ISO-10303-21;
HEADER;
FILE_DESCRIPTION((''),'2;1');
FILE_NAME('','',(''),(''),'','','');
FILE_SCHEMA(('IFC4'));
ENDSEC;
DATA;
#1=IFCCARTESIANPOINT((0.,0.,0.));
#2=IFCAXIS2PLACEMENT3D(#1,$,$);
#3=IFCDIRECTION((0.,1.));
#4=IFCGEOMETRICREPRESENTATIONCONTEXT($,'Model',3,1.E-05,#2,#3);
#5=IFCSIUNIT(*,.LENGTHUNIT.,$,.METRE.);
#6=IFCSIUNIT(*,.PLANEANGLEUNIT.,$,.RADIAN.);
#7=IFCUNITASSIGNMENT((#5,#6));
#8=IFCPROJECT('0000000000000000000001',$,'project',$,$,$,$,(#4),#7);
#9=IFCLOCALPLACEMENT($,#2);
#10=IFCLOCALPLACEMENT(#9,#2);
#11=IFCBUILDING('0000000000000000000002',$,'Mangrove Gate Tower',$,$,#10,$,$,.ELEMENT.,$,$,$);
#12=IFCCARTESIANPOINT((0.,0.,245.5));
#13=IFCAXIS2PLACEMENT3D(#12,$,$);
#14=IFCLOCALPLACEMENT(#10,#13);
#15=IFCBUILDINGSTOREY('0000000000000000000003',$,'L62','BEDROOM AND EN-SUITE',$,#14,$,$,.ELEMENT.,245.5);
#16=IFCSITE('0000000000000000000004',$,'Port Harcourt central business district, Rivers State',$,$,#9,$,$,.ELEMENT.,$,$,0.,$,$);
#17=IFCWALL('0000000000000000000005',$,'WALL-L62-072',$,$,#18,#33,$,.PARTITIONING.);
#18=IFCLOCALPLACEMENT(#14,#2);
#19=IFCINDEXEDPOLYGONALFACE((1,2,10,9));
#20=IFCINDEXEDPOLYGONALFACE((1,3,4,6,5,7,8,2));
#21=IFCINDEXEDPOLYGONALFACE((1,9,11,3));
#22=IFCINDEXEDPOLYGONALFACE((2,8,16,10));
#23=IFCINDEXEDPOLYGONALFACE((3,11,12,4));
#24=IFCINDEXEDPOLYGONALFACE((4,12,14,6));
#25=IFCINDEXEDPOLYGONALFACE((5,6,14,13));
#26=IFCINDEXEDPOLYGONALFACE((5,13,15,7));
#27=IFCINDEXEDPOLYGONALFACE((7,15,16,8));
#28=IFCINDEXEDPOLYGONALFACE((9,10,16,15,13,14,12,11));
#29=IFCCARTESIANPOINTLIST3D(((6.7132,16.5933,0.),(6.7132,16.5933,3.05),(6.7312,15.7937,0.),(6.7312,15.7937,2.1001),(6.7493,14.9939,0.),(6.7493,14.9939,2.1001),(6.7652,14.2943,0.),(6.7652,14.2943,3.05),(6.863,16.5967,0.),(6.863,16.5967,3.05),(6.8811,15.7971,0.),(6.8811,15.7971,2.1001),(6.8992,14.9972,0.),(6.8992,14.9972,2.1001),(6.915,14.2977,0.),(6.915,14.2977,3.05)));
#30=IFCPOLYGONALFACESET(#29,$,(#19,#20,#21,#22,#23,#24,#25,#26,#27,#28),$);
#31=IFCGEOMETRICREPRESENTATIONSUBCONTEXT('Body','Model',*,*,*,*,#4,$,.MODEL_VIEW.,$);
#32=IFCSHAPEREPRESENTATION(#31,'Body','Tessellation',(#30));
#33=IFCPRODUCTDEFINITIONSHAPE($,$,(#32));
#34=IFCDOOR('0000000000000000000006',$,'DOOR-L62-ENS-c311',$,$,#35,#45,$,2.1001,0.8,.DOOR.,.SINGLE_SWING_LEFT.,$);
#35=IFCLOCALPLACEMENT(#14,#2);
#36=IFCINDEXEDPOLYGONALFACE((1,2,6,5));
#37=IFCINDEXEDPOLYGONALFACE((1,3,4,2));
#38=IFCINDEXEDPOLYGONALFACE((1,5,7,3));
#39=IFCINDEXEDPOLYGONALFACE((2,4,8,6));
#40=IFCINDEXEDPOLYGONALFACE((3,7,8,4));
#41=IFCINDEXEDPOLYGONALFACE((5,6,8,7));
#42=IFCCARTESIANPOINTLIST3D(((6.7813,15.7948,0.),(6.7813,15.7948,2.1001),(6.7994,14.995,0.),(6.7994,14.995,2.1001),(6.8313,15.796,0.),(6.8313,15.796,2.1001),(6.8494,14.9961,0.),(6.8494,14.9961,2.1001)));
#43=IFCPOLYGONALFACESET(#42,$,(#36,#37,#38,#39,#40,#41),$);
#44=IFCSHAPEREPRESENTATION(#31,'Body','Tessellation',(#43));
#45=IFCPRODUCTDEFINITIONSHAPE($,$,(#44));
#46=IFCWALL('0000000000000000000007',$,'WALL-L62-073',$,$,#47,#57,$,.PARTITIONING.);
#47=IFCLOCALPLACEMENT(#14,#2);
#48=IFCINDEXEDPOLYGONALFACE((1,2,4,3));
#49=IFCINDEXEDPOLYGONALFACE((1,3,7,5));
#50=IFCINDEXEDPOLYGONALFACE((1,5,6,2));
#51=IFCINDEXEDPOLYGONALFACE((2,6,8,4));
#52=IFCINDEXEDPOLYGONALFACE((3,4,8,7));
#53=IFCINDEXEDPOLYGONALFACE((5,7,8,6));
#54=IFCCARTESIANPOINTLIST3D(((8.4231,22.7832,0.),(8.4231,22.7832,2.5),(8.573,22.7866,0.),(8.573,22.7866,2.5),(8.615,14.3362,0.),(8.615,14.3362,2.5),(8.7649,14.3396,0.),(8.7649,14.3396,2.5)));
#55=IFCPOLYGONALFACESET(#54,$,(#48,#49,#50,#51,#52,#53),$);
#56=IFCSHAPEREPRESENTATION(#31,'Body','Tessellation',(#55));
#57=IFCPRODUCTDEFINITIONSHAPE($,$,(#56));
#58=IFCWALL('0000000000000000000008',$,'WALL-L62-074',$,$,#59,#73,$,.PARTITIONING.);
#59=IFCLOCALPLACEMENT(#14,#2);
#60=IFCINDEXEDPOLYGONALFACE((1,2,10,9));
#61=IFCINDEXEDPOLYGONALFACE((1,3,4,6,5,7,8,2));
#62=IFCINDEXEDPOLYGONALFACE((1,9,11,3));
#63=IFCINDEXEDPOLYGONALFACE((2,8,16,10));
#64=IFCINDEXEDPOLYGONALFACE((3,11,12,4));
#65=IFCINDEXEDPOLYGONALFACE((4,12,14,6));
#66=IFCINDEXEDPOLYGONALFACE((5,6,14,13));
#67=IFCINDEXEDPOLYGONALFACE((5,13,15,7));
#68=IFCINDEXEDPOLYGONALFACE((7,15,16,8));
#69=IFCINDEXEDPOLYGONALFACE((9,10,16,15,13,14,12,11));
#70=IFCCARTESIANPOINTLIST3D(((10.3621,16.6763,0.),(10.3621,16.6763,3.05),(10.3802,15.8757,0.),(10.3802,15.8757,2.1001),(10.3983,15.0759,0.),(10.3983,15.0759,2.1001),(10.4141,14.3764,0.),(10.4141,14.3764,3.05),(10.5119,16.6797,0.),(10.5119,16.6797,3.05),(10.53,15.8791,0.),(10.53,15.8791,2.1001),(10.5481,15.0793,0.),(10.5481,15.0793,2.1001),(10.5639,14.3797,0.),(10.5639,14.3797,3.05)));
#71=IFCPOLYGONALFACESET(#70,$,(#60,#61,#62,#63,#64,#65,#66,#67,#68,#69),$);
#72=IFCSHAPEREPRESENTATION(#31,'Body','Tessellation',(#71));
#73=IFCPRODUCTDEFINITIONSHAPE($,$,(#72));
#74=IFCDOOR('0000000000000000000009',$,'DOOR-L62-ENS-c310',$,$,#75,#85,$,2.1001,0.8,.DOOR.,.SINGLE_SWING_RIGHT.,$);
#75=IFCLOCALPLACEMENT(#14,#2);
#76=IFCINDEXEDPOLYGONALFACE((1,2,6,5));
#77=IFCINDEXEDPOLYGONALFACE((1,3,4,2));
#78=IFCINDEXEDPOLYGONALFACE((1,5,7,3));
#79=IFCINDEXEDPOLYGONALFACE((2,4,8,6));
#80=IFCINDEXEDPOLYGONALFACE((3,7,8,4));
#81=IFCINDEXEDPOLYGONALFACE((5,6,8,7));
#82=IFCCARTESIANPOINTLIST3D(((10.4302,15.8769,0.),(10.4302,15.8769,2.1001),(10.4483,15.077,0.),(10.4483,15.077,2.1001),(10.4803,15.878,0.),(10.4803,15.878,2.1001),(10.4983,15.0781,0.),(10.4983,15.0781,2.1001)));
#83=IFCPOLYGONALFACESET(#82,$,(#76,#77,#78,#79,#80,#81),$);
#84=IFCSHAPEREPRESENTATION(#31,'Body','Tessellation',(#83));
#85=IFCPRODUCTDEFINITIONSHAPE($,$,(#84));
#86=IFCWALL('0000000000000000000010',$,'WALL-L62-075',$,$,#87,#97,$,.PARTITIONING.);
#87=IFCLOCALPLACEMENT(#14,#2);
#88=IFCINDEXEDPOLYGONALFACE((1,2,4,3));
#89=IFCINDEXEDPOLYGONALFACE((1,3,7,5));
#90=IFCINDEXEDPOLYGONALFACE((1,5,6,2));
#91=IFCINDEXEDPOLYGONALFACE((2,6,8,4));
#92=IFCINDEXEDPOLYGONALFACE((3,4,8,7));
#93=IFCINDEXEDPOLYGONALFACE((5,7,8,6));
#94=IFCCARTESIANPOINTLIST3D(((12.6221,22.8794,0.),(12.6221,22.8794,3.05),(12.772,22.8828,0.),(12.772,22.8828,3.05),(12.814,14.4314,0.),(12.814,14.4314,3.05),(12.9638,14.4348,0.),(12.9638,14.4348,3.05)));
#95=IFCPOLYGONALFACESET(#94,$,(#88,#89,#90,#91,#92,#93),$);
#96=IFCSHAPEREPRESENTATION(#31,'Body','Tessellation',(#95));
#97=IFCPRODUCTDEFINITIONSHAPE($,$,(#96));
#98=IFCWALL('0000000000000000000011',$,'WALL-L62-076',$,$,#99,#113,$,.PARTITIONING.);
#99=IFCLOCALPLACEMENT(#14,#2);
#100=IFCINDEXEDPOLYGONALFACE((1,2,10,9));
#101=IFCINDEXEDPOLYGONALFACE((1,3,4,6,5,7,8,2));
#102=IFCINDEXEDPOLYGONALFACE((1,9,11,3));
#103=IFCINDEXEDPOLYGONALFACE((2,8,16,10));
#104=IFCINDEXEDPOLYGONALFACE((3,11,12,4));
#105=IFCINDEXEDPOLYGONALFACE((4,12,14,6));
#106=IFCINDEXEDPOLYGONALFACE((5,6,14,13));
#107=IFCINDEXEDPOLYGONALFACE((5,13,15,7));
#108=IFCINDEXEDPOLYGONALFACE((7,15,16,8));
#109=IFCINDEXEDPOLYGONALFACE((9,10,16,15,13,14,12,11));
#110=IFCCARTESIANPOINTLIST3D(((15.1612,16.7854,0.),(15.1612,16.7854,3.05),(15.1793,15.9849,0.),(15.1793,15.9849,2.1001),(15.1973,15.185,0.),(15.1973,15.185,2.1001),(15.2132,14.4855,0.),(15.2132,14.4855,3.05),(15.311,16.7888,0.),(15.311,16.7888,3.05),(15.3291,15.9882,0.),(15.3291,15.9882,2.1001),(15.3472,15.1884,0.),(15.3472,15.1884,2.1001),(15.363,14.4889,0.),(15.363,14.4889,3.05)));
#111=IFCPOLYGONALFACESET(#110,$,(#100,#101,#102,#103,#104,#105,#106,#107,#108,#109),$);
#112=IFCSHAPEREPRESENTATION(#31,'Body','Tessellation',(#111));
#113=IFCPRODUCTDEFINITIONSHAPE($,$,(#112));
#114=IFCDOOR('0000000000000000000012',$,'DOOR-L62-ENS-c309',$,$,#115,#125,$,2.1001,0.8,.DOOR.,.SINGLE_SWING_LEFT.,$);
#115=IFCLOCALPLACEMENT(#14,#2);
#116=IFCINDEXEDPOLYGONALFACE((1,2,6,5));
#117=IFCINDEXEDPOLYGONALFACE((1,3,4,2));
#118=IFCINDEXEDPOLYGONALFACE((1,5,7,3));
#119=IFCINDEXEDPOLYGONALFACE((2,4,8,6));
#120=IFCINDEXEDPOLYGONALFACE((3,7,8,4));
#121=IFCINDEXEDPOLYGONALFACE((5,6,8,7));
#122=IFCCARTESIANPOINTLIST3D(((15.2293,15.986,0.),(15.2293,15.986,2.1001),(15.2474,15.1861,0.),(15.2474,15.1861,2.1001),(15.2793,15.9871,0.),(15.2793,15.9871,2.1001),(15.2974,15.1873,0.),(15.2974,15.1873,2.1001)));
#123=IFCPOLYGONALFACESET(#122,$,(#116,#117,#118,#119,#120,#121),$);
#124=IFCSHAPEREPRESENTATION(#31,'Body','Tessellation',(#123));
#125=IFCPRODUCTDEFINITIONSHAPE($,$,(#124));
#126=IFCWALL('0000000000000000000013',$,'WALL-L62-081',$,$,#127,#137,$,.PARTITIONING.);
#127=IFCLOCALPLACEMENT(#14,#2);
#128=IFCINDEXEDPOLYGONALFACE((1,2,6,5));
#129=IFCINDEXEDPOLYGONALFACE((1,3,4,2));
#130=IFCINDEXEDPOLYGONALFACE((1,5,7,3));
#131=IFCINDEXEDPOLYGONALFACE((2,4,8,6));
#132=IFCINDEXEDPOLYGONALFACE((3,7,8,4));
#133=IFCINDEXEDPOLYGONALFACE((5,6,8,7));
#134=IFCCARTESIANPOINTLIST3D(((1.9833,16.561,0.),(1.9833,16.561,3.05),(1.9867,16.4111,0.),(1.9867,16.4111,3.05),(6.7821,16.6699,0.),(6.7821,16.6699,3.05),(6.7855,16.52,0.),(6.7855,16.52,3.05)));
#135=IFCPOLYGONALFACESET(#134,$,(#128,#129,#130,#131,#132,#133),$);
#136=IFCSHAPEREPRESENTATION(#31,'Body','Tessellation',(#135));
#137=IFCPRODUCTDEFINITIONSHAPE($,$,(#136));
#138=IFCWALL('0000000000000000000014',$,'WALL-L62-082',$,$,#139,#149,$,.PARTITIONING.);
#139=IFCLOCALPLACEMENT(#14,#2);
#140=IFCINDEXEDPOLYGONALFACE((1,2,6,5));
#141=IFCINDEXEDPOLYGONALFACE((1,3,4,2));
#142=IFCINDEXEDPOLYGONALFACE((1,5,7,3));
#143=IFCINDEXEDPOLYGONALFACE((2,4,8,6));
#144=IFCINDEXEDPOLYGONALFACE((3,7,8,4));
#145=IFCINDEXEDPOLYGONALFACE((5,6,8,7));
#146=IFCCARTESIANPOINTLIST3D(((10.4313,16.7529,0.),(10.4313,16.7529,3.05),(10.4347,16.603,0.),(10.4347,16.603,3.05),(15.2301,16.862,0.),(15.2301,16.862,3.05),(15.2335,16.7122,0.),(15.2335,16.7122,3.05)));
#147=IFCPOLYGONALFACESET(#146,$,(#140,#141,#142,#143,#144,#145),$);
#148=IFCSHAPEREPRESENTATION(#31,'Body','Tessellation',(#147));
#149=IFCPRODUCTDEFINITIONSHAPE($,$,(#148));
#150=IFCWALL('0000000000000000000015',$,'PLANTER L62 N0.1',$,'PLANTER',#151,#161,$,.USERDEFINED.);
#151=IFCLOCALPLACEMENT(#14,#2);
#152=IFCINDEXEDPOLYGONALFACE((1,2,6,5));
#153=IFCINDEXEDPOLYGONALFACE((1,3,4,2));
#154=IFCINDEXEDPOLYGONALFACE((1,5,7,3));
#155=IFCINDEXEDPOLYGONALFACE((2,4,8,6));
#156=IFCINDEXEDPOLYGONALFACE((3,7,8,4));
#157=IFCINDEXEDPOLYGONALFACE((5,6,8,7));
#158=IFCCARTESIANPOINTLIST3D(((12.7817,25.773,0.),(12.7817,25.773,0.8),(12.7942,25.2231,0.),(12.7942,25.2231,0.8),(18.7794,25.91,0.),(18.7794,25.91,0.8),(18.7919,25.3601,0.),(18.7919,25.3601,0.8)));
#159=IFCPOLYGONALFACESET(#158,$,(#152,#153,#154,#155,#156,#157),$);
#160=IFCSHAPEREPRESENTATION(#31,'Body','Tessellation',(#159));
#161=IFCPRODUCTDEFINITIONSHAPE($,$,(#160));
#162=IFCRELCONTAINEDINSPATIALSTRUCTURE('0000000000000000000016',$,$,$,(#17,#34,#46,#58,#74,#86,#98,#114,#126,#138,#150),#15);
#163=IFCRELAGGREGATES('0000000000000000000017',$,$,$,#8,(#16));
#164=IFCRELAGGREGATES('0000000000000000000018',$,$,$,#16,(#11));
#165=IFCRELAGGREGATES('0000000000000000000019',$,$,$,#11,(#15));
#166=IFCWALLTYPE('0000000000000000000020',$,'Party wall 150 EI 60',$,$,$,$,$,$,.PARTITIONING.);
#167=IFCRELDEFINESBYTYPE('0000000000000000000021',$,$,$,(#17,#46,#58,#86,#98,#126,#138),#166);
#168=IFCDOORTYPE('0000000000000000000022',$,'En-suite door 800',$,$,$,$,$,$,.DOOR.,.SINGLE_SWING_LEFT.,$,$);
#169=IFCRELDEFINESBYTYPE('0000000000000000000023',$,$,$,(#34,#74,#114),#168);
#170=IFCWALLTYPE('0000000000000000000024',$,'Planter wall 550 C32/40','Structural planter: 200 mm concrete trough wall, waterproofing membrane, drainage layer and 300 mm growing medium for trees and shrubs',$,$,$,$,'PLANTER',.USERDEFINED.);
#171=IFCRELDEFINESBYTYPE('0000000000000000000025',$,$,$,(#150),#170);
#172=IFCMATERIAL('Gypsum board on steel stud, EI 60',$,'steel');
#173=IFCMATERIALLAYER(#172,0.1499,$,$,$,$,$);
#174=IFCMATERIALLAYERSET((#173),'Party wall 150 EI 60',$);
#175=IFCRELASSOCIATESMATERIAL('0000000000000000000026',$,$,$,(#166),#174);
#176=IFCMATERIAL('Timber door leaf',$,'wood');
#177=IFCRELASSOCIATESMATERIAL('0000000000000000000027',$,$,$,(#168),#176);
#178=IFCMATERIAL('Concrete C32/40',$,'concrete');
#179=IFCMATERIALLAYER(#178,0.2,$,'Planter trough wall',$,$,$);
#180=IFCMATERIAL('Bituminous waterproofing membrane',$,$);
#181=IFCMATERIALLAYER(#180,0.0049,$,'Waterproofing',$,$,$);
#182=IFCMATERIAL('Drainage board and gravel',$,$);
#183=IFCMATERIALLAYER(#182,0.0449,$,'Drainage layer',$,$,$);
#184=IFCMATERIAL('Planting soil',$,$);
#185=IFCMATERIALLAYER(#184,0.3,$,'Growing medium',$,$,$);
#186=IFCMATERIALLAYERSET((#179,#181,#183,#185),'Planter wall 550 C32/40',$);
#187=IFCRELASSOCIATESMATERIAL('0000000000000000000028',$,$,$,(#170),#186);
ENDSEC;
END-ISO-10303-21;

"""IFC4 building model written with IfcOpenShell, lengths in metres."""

from ifc_helpers import new_model, si_unit, direction, frame, frame_2d, origin, place, context, subcontext, project, spatial, rectangle, extrude, material, layer, layer_set, type_object, element, fill, save


model = new_model("IFC4")

# Units and contexts
model_context = context("Model", 3, precision=1e-05, world=origin(), true_north=direction((0.0, 1.0)))
body_context = subcontext(model_context, "Body", "Model", "MODEL_VIEW")
ifc_project = project(units=[si_unit("LENGTHUNIT", "METRE"), si_unit("PLANEANGLEUNIT", "RADIAN")], contexts=[model_context])

# Site, building, storey
site_placement = place(None, origin())
site = spatial("IfcSite", under=ifc_project, at=site_placement, Name="Port Harcourt central business district, Rivers State", CompositionType="ELEMENT", RefElevation=0.0)
building_placement = place(site_placement, origin())
building = spatial("IfcBuilding", under=site, at=building_placement, Name="Mangrove Gate Tower", CompositionType="ELEMENT")
storey_placement = place(building_placement, frame((0.0, 0.0, 245.5)))
storey = spatial("IfcBuildingStorey", under=building, at=storey_placement, Name="L62", Description="BEDROOM AND EN-SUITE", CompositionType="ELEMENT", Elevation=245.5)

# Shared definitions
ifc_material_1 = material(Name="Gypsum board on steel stud, EI 60", Category="steel")
ifc_layer_1 = layer(ifc_material_1, 0.1499)
ifc_layer_set_1 = layer_set([ifc_layer_1], Name="Party wall 150 EI 60")
wall_type_1 = type_object("IfcWallType", Name="Party wall 150 EI 60", PredefinedType="PARTITIONING", material=ifc_layer_set_1)

# Shared definitions
ifc_material_2 = material(Name="Timber door leaf", Category="wood")
door_type_1 = type_object("IfcDoorType", Name="En-suite door 800", OperationType="SINGLE_SWING_LEFT", PredefinedType="DOOR", material=ifc_material_2)

# Wall, opening, door
wall_1_placement = place(storey_placement, frame((6.8401, 14.2959, 0.0), z_axis=(0.0, 0.0, 1.0), x_axis=(-0.022613, 0.999744, 0.0)))
wall_1 = element("IfcWall", 1, at=wall_1_placement, inside=storey, type_object=wall_type_1, Name="WALL-L62-072", PredefinedType="PARTITIONING", context=body_context, shape_type="SweptSolid", body=[
    extrude(rectangle(XDim=2.2996, YDim=0.1499, at=frame_2d((1.1499, 0.0))), origin(), (0.0, 0.0, 1.0), 3.05),
])
opening_1_placement = place(wall_1_placement, frame((0.7, 0.0, 0.0)))
opening_1 = element("IfcOpeningElement", 2, at=opening_1_placement, cuts=wall_1, PredefinedType="OPENING", context=body_context, shape_type="SweptSolid", body=[
    extrude(rectangle(XDim=0.8, YDim=2.1001, at=frame_2d((0.3999, 1.05))), frame((0.0, 0.085, 0.0), z_axis=(0.0, -1.0, 0.0), x_axis=(1.0, 0.0, 0.0)), (0.0, 0.0, 1.0), 0.1699),
])
door_1_placement = place(opening_1_placement, origin())
door_1 = element("IfcDoor", 3, at=door_1_placement, inside=storey, type_object=door_type_1, Name="DOOR-L62-ENS-c311", OperationType="SINGLE_SWING_LEFT", OverallHeight=2.1001, OverallWidth=0.8, PredefinedType="DOOR", context=body_context, shape_type="SweptSolid", body=[
    extrude(rectangle(XDim=0.8, YDim=2.1001, at=frame_2d((0.3999, 1.05))), frame((0.0, 0.0249, 0.0), z_axis=(0.0, -1.0, 0.0), x_axis=(1.0, 0.0, 0.0)), (0.0, 0.0, 1.0), 0.05),
])
fill(opening_1, door_1)

# Wall
wall_2_placement = place(storey_placement, frame((8.6899, 14.3379, 0.0), z_axis=(0.0, 0.0, 1.0), x_axis=(-0.022712, 0.999742, 0.0)))
element("IfcWall", 4, at=wall_2_placement, inside=storey, type_object=wall_type_1, Name="WALL-L62-073", PredefinedType="PARTITIONING", context=body_context, shape_type="SweptSolid", body=[
    extrude(rectangle(XDim=8.4492, YDim=0.1499, at=frame_2d((4.2246, 0.0))), origin(), (0.0, 0.0, 1.0), 2.5),
])

# Wall, opening, door
wall_3_placement = place(storey_placement, frame((10.489, 14.3779, 0.0), z_axis=(0.0, 0.0, 1.0), x_axis=(-0.022603, 0.999745, 0.0)))
wall_3 = element("IfcWall", 5, at=wall_3_placement, inside=storey, type_object=wall_type_1, Name="WALL-L62-074", PredefinedType="PARTITIONING", context=body_context, shape_type="SweptSolid", body=[
    extrude(rectangle(XDim=2.3005, YDim=0.1499, at=frame_2d((1.1504, 0.0))), origin(), (0.0, 0.0, 1.0), 3.05),
])
opening_2_placement = place(wall_3_placement, frame((0.7, 0.0, 0.0)))
opening_2 = element("IfcOpeningElement", 6, at=opening_2_placement, cuts=wall_3, PredefinedType="OPENING", context=body_context, shape_type="SweptSolid", body=[
    extrude(rectangle(XDim=0.8, YDim=2.1001, at=frame_2d((0.3999, 1.05))), frame((0.0, 0.085, 0.0), z_axis=(0.0, -1.0, 0.0), x_axis=(1.0, 0.0, 0.0)), (0.0, 0.0, 1.0), 0.1699),
])
door_2_placement = place(opening_2_placement, origin())
door_2 = element("IfcDoor", 7, at=door_2_placement, inside=storey, type_object=door_type_1, Name="DOOR-L62-ENS-c310", OperationType="SINGLE_SWING_RIGHT", OverallHeight=2.1001, OverallWidth=0.8, PredefinedType="DOOR", context=body_context, shape_type="SweptSolid", body=[
    extrude(rectangle(XDim=0.8, YDim=2.1001, at=frame_2d((0.3999, 1.05))), frame((0.0, 0.0249, 0.0), z_axis=(0.0, -1.0, 0.0), x_axis=(1.0, 0.0, 0.0)), (0.0, 0.0, 1.0), 0.05),
])
fill(opening_2, door_2)

# Wall
wall_4_placement = place(storey_placement, frame((12.8889, 14.4331, 0.0), z_axis=(0.0, 0.0, 1.0), x_axis=(-0.022709, 0.999742, 0.0)))
element("IfcWall", 8, at=wall_4_placement, inside=storey, type_object=wall_type_1, Name="WALL-L62-075", PredefinedType="PARTITIONING", context=body_context, shape_type="SweptSolid", body=[
    extrude(rectangle(XDim=8.4502, YDim=0.1499, at=frame_2d((4.2251, 0.0))), origin(), (0.0, 0.0, 1.0), 3.05),
])

# Wall, opening, door
wall_5_placement = place(storey_placement, frame((15.2881, 14.4871, 0.0), z_axis=(0.0, 0.0, 1.0), x_axis=(-0.022603, 0.999745, 0.0)))
wall_5 = element("IfcWall", 9, at=wall_5_placement, inside=storey, type_object=wall_type_1, Name="WALL-L62-076", PredefinedType="PARTITIONING", context=body_context, shape_type="SweptSolid", body=[
    extrude(rectangle(XDim=2.3005, YDim=0.1499, at=frame_2d((1.1504, 0.0))), origin(), (0.0, 0.0, 1.0), 3.05),
])
opening_3_placement = place(wall_5_placement, frame((0.7, 0.0, 0.0)))
opening_3 = element("IfcOpeningElement", 10, at=opening_3_placement, cuts=wall_5, PredefinedType="OPENING", context=body_context, shape_type="SweptSolid", body=[
    extrude(rectangle(XDim=0.8, YDim=2.1001, at=frame_2d((0.3999, 1.05))), frame((0.0, 0.085, 0.0), z_axis=(0.0, -1.0, 0.0), x_axis=(1.0, 0.0, 0.0)), (0.0, 0.0, 1.0), 0.1699),
])
door_3_placement = place(opening_3_placement, origin())
door_3 = element("IfcDoor", 11, at=door_3_placement, inside=storey, type_object=door_type_1, Name="DOOR-L62-ENS-c309", OperationType="SINGLE_SWING_LEFT", OverallHeight=2.1001, OverallWidth=0.8, PredefinedType="DOOR", context=body_context, shape_type="SweptSolid", body=[
    extrude(rectangle(XDim=0.8, YDim=2.1001, at=frame_2d((0.3999, 1.05))), frame((0.0, 0.0249, 0.0), z_axis=(0.0, -1.0, 0.0), x_axis=(1.0, 0.0, 0.0)), (0.0, 0.0, 1.0), 0.05),
])
fill(opening_3, door_3)

# Walls
for number, where, z_axis, x_axis, name in (
    (12, (1.9851, 16.4861, 0.0), (0.0, 0.0, 1.0), (0.999743, 0.022684, 0.0), "WALL-L62-081"),
    (13, (10.4331, 16.678, 0.0), (0.0, 0.0, 1.0), (0.999742, 0.022735, 0.0), "WALL-L62-082"),
):
    element("IfcWall", number, at=place(storey_placement, frame(where, z_axis=z_axis, x_axis=x_axis)), inside=storey, type_object=wall_type_1, Name=name, PredefinedType="PARTITIONING", context=body_context, shape_type="SweptSolid", body=[
        extrude(rectangle(XDim=4.8, YDim=0.1499, at=frame_2d((2.3999, 0.0))), origin(), (0.0, 0.0, 1.0), 3.05),
    ])
ifc_material_3 = material(Name="Concrete C32/40", Category="concrete")
ifc_layer_2 = layer(ifc_material_3, 0.2, Name="Planter trough wall")
ifc_material_4 = material(Name="Bituminous waterproofing membrane")
ifc_layer_3 = layer(ifc_material_4, 0.0049, Name="Waterproofing")
ifc_material_5 = material(Name="Drainage board and gravel")
ifc_layer_4 = layer(ifc_material_5, 0.0449, Name="Drainage layer")
ifc_material_6 = material(Name="Planting soil")
ifc_layer_5 = layer(ifc_material_6, 0.3, Name="Growing medium")
ifc_layer_set_2 = layer_set([ifc_layer_2, ifc_layer_3, ifc_layer_4, ifc_layer_5], Name="Planter wall 550 C32/40")
wall_type_2 = type_object("IfcWallType", Name="Planter wall 550 C32/40", Description="Structural planter: 200 mm concrete trough wall, waterproofing membrane, drainage layer and 300 mm growing medium for trees and shrubs", ElementType="PLANTER", PredefinedType="USERDEFINED", material=ifc_layer_set_2)
wall_6_placement = place(storey_placement, frame((12.7881, 25.498, 0.0), z_axis=(0.0, 0.0, 1.0), x_axis=(0.999739, 0.02283, 0.0)))
element("IfcWall", 14, at=wall_6_placement, inside=storey, type_object=wall_type_2, Name="PLANTER L62 N0.1", ObjectType="PLANTER", PredefinedType="USERDEFINED", context=body_context, shape_type="SweptSolid", body=[
    extrude(rectangle(XDim=5.9993, YDim=0.55, at=frame_2d((2.9995, 0.0))), origin(), (0.0, 0.0, 1.0), 0.8),
])

save(model, "model.ifc")
